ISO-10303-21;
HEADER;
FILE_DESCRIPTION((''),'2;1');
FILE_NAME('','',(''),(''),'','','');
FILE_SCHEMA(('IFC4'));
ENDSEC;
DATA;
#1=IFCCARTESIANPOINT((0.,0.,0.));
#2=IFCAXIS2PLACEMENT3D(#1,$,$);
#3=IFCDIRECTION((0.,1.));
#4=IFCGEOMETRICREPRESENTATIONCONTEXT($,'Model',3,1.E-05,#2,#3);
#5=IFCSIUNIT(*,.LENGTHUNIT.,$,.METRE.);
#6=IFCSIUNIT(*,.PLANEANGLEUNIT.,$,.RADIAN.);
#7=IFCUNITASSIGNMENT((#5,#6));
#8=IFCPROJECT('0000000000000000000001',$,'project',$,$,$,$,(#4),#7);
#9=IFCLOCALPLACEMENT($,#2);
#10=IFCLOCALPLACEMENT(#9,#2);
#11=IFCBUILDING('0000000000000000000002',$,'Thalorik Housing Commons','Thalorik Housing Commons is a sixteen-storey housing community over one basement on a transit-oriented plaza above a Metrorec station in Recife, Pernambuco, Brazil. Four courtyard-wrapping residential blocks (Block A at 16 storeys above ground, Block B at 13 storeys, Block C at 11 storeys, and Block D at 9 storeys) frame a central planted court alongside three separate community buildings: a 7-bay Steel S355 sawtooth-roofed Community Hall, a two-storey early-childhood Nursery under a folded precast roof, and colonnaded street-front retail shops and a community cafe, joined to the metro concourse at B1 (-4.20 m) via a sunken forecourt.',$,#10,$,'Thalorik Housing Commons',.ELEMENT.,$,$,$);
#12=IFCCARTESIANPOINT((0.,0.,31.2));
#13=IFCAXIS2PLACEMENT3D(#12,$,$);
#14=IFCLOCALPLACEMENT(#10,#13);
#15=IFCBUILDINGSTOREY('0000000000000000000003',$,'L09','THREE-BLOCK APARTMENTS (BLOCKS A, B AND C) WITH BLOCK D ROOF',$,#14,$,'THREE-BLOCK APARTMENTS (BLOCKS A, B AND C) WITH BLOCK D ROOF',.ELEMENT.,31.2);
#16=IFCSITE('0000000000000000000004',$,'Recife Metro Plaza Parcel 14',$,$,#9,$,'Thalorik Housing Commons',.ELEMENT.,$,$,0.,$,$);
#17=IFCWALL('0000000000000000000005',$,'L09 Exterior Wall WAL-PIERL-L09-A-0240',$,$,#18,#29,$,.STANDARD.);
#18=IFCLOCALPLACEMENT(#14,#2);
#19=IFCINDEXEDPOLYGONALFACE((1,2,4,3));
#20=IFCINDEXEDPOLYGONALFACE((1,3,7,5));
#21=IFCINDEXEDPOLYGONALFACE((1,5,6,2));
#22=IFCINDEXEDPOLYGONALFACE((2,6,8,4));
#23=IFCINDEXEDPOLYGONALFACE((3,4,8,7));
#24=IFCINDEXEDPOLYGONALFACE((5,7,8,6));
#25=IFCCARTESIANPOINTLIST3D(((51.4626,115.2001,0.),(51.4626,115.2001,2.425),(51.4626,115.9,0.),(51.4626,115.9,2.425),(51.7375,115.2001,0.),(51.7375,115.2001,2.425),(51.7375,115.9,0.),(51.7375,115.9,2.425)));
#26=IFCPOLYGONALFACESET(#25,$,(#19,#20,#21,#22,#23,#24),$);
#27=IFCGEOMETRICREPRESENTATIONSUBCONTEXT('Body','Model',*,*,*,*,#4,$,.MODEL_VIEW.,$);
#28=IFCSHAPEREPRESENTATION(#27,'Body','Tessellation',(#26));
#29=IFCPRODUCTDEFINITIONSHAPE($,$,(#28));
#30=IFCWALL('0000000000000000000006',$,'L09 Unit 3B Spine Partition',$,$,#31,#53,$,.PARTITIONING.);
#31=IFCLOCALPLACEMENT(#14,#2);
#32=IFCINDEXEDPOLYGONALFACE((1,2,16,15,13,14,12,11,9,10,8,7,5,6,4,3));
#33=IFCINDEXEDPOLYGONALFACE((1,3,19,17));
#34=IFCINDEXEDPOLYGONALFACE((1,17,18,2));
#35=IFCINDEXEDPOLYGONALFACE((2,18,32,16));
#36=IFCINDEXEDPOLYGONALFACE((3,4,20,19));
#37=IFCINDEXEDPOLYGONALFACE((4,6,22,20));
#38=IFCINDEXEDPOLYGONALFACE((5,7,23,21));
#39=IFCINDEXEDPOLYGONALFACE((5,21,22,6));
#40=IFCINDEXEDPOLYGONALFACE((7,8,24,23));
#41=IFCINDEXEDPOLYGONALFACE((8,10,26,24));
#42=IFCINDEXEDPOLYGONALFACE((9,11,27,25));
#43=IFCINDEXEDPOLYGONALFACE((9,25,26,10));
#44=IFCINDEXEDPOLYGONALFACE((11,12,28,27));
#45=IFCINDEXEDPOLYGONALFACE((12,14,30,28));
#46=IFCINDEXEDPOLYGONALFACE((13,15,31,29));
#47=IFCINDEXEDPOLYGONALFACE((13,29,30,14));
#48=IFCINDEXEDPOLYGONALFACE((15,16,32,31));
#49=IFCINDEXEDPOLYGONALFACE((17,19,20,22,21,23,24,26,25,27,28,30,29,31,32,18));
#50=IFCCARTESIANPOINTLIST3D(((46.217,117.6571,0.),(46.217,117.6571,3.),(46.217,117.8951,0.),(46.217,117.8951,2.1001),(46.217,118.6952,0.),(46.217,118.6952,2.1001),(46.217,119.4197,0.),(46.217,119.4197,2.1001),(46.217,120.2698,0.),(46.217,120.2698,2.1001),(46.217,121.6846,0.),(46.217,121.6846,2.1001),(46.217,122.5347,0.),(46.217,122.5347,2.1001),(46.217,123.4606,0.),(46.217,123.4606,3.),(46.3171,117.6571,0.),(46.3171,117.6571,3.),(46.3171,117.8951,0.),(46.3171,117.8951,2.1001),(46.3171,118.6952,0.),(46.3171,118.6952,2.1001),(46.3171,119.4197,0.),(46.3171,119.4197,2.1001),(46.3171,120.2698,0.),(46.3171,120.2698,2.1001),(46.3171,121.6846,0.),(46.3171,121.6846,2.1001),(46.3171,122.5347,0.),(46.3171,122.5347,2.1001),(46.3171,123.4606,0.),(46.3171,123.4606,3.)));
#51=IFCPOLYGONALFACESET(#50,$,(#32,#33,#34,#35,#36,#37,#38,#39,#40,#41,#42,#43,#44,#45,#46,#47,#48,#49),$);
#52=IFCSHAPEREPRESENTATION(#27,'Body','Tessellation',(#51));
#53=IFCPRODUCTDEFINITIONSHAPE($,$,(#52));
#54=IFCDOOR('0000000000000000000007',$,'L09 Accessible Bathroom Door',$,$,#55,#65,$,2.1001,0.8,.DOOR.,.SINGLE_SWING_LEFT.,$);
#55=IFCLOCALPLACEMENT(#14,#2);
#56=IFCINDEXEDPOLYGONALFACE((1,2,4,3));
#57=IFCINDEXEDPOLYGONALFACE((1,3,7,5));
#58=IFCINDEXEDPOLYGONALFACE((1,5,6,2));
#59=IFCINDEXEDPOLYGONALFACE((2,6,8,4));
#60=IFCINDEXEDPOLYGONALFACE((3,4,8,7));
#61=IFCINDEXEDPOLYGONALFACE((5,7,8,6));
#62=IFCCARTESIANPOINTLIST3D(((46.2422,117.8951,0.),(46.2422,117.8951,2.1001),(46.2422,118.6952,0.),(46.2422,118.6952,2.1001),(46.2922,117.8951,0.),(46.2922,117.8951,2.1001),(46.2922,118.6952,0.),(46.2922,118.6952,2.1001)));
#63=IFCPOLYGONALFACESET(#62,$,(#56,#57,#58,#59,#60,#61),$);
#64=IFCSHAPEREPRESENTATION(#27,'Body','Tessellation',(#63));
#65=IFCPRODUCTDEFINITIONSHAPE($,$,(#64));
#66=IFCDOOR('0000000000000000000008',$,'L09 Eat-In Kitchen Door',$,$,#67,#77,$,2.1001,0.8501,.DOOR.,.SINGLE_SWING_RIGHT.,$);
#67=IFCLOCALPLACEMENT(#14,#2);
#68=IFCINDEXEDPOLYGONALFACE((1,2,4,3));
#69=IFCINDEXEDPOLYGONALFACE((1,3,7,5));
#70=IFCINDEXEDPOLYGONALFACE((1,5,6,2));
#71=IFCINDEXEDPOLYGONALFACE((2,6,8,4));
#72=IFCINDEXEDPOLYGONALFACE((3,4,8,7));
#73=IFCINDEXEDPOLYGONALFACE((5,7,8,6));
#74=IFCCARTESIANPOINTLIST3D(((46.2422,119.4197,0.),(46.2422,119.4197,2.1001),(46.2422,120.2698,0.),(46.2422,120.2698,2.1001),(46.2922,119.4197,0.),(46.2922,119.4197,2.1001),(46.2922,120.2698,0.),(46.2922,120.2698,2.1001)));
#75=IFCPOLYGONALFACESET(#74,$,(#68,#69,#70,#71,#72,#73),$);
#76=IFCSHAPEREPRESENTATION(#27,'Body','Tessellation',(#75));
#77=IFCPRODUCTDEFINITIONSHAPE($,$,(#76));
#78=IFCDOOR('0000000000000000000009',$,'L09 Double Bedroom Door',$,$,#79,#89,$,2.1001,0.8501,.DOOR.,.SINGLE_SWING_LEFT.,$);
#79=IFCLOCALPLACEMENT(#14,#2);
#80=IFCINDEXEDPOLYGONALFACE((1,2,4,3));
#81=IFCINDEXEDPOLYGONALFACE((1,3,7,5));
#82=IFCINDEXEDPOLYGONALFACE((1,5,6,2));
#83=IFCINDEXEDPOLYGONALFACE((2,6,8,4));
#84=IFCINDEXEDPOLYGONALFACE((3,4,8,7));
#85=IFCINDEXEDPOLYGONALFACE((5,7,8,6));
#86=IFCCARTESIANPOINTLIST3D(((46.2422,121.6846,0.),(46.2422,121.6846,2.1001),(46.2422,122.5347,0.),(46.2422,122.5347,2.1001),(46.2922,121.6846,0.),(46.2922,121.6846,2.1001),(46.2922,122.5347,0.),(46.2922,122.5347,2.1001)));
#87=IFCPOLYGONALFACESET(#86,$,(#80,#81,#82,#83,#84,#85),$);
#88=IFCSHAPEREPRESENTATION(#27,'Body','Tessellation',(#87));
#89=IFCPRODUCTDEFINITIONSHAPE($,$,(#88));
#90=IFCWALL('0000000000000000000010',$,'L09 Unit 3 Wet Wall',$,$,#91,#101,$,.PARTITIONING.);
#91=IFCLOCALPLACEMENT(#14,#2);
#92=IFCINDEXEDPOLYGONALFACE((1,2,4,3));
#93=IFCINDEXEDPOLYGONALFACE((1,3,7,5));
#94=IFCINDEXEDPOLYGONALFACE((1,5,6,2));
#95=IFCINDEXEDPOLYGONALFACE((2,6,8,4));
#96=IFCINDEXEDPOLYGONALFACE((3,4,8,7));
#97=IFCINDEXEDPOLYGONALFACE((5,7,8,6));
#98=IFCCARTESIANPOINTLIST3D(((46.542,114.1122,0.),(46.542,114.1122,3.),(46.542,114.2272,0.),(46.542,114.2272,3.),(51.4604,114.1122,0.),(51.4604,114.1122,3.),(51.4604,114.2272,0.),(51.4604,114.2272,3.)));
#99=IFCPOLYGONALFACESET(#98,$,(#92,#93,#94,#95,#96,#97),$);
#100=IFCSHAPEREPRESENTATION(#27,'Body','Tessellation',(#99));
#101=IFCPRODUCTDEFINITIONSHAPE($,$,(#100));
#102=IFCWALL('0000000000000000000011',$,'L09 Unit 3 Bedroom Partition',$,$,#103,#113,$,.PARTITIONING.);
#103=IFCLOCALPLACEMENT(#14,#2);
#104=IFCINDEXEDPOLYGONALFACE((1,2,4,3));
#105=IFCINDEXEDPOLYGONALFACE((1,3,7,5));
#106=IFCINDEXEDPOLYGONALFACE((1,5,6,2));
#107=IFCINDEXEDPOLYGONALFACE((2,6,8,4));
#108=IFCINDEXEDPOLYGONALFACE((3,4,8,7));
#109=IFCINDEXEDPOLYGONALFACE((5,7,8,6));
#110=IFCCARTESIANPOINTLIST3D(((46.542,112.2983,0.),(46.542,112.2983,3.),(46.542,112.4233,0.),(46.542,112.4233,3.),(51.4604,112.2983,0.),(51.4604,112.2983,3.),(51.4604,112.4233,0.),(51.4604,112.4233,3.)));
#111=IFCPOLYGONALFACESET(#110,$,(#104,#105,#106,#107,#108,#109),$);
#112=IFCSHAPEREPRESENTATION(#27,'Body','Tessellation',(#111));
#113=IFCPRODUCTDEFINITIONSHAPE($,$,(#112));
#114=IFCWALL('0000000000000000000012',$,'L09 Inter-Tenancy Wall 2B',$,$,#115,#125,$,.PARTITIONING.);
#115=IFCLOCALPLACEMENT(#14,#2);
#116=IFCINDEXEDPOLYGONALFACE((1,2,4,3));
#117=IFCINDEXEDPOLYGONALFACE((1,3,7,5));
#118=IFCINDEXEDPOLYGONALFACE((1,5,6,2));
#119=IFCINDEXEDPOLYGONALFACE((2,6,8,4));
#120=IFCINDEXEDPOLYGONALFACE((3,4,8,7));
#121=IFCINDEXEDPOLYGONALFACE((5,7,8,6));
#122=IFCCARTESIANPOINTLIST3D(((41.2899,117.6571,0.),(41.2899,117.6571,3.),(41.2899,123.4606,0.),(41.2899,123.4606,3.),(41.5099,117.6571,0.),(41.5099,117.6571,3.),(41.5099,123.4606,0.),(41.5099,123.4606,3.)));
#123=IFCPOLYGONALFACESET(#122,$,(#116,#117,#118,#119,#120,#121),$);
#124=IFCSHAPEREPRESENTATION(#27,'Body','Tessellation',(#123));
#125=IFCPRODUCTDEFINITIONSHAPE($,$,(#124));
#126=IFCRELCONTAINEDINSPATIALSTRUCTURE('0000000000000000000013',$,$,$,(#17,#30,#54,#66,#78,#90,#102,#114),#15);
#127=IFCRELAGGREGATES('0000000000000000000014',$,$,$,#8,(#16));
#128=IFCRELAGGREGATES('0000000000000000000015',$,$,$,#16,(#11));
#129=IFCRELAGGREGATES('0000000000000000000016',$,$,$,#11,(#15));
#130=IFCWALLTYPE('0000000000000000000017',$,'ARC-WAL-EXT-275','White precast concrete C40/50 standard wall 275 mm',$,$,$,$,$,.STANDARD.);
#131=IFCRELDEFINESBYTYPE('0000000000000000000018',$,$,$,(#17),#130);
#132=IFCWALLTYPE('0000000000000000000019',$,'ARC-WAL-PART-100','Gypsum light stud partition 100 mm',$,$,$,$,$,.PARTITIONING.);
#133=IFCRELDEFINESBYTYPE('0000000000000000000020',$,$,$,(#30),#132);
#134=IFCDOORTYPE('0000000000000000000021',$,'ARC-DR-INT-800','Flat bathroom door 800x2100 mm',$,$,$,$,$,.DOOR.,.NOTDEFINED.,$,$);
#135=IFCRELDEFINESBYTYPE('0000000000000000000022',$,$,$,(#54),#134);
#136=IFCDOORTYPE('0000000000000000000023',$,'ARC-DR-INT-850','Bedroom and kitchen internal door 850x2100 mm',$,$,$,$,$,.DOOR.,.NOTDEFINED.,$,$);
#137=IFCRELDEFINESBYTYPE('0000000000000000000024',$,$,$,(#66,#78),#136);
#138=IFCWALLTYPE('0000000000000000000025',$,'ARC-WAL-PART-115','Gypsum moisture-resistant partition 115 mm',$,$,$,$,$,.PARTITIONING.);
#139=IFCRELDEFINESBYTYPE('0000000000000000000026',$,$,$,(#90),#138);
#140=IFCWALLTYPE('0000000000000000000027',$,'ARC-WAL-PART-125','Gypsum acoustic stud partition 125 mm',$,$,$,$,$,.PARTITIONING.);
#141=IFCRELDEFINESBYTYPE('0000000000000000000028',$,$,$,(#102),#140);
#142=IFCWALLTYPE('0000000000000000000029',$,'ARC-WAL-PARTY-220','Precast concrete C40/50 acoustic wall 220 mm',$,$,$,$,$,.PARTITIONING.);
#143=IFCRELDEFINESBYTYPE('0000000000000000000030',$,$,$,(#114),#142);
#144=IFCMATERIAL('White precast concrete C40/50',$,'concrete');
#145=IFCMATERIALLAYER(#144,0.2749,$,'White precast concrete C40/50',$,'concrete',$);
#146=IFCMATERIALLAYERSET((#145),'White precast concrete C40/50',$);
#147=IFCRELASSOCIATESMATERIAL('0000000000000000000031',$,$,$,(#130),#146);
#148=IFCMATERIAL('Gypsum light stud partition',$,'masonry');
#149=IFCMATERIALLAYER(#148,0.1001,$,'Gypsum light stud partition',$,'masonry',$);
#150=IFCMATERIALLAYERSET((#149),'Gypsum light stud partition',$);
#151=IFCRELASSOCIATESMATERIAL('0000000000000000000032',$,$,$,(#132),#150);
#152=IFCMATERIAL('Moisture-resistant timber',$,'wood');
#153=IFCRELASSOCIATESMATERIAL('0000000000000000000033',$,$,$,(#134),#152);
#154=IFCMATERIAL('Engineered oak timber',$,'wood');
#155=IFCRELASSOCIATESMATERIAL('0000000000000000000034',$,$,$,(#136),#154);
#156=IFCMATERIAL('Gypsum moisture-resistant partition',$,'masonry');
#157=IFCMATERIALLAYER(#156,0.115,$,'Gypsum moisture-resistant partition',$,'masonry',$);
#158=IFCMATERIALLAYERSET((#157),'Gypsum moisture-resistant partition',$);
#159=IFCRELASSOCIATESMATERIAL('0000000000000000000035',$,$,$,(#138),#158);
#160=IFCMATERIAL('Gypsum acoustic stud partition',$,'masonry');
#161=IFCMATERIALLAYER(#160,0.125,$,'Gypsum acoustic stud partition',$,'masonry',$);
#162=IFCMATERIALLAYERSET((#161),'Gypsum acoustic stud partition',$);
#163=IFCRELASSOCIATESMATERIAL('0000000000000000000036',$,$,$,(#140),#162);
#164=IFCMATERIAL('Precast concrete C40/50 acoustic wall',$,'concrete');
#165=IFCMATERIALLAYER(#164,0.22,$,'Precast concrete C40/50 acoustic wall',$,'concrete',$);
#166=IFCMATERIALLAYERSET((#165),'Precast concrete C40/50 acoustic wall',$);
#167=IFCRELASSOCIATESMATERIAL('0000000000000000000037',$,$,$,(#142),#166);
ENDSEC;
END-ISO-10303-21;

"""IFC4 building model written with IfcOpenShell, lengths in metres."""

from ifc_helpers import new_model, si_unit, direction, frame, frame_2d, origin, place, context, subcontext, project, spatial, rectangle, extrude, material, layer, layer_set, type_object, element, fill, save


model = new_model("IFC4")

# Units and contexts
model_context = context("Model", 3, precision=1e-05, world=origin(), true_north=direction((0.0, 1.0)))
body_context = subcontext(model_context, "Body", "Model", "MODEL_VIEW")
ifc_project = project(units=[si_unit("LENGTHUNIT", "METRE"), si_unit("PLANEANGLEUNIT", "RADIAN")], contexts=[model_context])

# Site, building, storey
site_placement = place(None, origin())
site = spatial("IfcSite", under=ifc_project, at=site_placement, Name="Recife Metro Plaza Parcel 14", LongName="Thalorik Housing Commons", CompositionType="ELEMENT", RefElevation=0.0)
building_placement = place(site_placement, origin())
building = spatial("IfcBuilding", under=site, at=building_placement, Name="Thalorik Housing Commons", Description="Thalorik Housing Commons is a sixteen-storey housing community over one basement on a transit-oriented plaza above a Metrorec station in Recife, Pernambuco, Brazil. Four courtyard-wrapping residential blocks (Block A at 16 storeys above ground, Block B at 13 storeys, Block C at 11 storeys, and Block D at 9 storeys) frame a central planted court alongside three separate community buildings: a 7-bay Steel S355 sawtooth-roofed Community Hall, a two-storey early-childhood Nursery under a folded precast roof, and colonnaded street-front retail shops and a community cafe, joined to the metro concourse at B1 (-4.20 m) via a sunken forecourt.", LongName="Thalorik Housing Commons", CompositionType="ELEMENT")
storey_placement = place(building_placement, frame((0.0, 0.0, 31.2)))
storey = spatial("IfcBuildingStorey", under=building, at=storey_placement, Name="L09", Description="THREE-BLOCK APARTMENTS (BLOCKS A, B AND C) WITH BLOCK D ROOF", LongName="THREE-BLOCK APARTMENTS (BLOCKS A, B AND C) WITH BLOCK D ROOF", CompositionType="ELEMENT", Elevation=31.2)

# Wall
ifc_material_1 = material(Name="White precast concrete C40/50", Category="concrete")
ifc_layer_1 = layer(ifc_material_1, 0.2749, Name="White precast concrete C40/50", Category="concrete")
ifc_layer_set_1 = layer_set([ifc_layer_1], Name="White precast concrete C40/50")
wall_type_1 = type_object("IfcWallType", Name="ARC-WAL-EXT-275", Description="White precast concrete C40/50 standard wall 275 mm", PredefinedType="STANDARD", material=ifc_layer_set_1)
wall_1_placement = place(storey_placement, frame((51.6001, 115.2, 0.0), z_axis=(0.0, 0.0, 1.0), x_axis=(0.0, 1.0, 0.0)))
element("IfcWall", 1, at=wall_1_placement, inside=storey, type_object=wall_type_1, Name="L09 Exterior Wall WAL-PIERL-L09-A-0240", PredefinedType="STANDARD", context=body_context, shape_type="SweptSolid", body=[
    extrude(rectangle(XDim=0.7, YDim=0.2749, at=frame_2d((0.3501, 0.0))), origin(), (0.0, 0.0, 1.0), 2.425),
])

# Wall, openings, doors
ifc_material_2 = material(Name="Gypsum light stud partition", Category="masonry")
ifc_layer_2 = layer(ifc_material_2, 0.1001, Name="Gypsum light stud partition", Category="masonry")
ifc_layer_set_2 = layer_set([ifc_layer_2], Name="Gypsum light stud partition")
wall_type_2 = type_object("IfcWallType", Name="ARC-WAL-PART-100", Description="Gypsum light stud partition 100 mm", PredefinedType="PARTITIONING", material=ifc_layer_set_2)
wall_2_placement = place(storey_placement, frame((46.2671, 117.657, 0.0), z_axis=(0.0, 0.0, 1.0), x_axis=(0.0, 1.0, 0.0)))
wall_2 = element("IfcWall", 2, at=wall_2_placement, inside=storey, type_object=wall_type_2, Name="L09 Unit 3B Spine Partition", PredefinedType="PARTITIONING", context=body_context, shape_type="SweptSolid", body=[
    extrude(rectangle(XDim=5.8035, YDim=0.1001, at=frame_2d((2.9019, 0.0))), origin(), (0.0, 0.0, 1.0), 3.0),
])
opening_1_placement = place(wall_2_placement, frame((0.2383, 0.0, 0.0)))
opening_1 = element("IfcOpeningElement", 3, at=opening_1_placement, cuts=wall_2, PredefinedType="OPENING", context=body_context, shape_type="SweptSolid", body=[
    extrude(rectangle(XDim=0.8, YDim=2.1001, at=frame_2d((0.3999, 1.05))), frame((0.0, 0.0601, 0.0), z_axis=(0.0, -1.0, 0.0), x_axis=(1.0, 0.0, 0.0)), (0.0, 0.0, 1.0), 0.1201),
])
opening_2_placement = place(wall_2_placement, frame((1.7627, 0.0, 0.0)))
opening_2 = element("IfcOpeningElement", 4, at=opening_2_placement, cuts=wall_2, PredefinedType="OPENING", context=body_context, shape_type="SweptSolid", body=[
    extrude(rectangle(XDim=0.8501, YDim=2.1001, at=frame_2d((0.425, 1.05))), frame((0.0, 0.0601, 0.0), z_axis=(0.0, -1.0, 0.0), x_axis=(1.0, 0.0, 0.0)), (0.0, 0.0, 1.0), 0.1201),
])
opening_3_placement = place(wall_2_placement, frame((4.0276, 0.0, 0.0)))
opening_3 = element("IfcOpeningElement", 5, at=opening_3_placement, cuts=wall_2, PredefinedType="OPENING", context=body_context, shape_type="SweptSolid", body=[
    extrude(rectangle(XDim=0.8501, YDim=2.1001, at=frame_2d((0.425, 1.05))), frame((0.0, 0.0601, 0.0), z_axis=(0.0, -1.0, 0.0), x_axis=(1.0, 0.0, 0.0)), (0.0, 0.0, 1.0), 0.1201),
])
ifc_material_3 = material(Name="Moisture-resistant timber", Category="wood")
door_type_1 = type_object("IfcDoorType", Name="ARC-DR-INT-800", Description="Flat bathroom door 800x2100 mm", OperationType="NOTDEFINED", PredefinedType="DOOR", material=ifc_material_3)
door_1_placement = place(opening_1_placement, origin())
door_1 = element("IfcDoor", 6, at=door_1_placement, inside=storey, type_object=door_type_1, Name="L09 Accessible Bathroom Door", OperationType="SINGLE_SWING_LEFT", OverallHeight=2.1001, OverallWidth=0.8, PredefinedType="DOOR", context=body_context, shape_type="SweptSolid", body=[
    extrude(rectangle(XDim=0.8, YDim=2.1001, at=frame_2d((0.3999, 1.05))), frame((0.0, 0.0249, 0.0), z_axis=(0.0, -1.0, 0.0), x_axis=(1.0, 0.0, 0.0)), (0.0, 0.0, 1.0), 0.05),
])
fill(opening_1, door_1)
ifc_material_4 = material(Name="Engineered oak timber", Category="wood")
door_type_2 = type_object("IfcDoorType", Name="ARC-DR-INT-850", Description="Bedroom and kitchen internal door 850x2100 mm", OperationType="NOTDEFINED", PredefinedType="DOOR", material=ifc_material_4)
door_2_placement = place(opening_2_placement, origin())
door_2 = element("IfcDoor", 7, at=door_2_placement, inside=storey, type_object=door_type_2, Name="L09 Eat-In Kitchen Door", OperationType="SINGLE_SWING_RIGHT", OverallHeight=2.1001, OverallWidth=0.8501, PredefinedType="DOOR", context=body_context, shape_type="SweptSolid", body=[
    extrude(rectangle(XDim=0.8501, YDim=2.1001, at=frame_2d((0.425, 1.05))), frame((0.0, 0.0249, 0.0), z_axis=(0.0, -1.0, 0.0), x_axis=(1.0, 0.0, 0.0)), (0.0, 0.0, 1.0), 0.05),
])
fill(opening_2, door_2)
door_3_placement = place(opening_3_placement, origin())
door_3 = element("IfcDoor", 8, at=door_3_placement, inside=storey, type_object=door_type_2, Name="L09 Double Bedroom Door", OperationType="SINGLE_SWING_LEFT", OverallHeight=2.1001, OverallWidth=0.8501, PredefinedType="DOOR", context=body_context, shape_type="SweptSolid", body=[
    extrude(rectangle(XDim=0.8501, YDim=2.1001, at=frame_2d((0.425, 1.05))), frame((0.0, 0.0249, 0.0), z_axis=(0.0, -1.0, 0.0), x_axis=(1.0, 0.0, 0.0)), (0.0, 0.0, 1.0), 0.05),
])
fill(opening_3, door_3)

# Walls
ifc_material_5 = material(Name="Gypsum moisture-resistant partition", Category="masonry")
ifc_layer_3 = layer(ifc_material_5, 0.115, Name="Gypsum moisture-resistant partition", Category="masonry")
ifc_layer_set_3 = layer_set([ifc_layer_3], Name="Gypsum moisture-resistant partition")
wall_type_3 = type_object("IfcWallType", Name="ARC-WAL-PART-115", Description="Gypsum moisture-resistant partition 115 mm", PredefinedType="PARTITIONING", material=ifc_layer_set_3)
wall_3_placement = place(storey_placement, frame((46.542, 114.1697, 0.0), z_axis=(0.0, 0.0, 1.0), x_axis=(1.0, 0.0, 0.0)))
element("IfcWall", 9, at=wall_3_placement, inside=storey, type_object=wall_type_3, Name="L09 Unit 3 Wet Wall", PredefinedType="PARTITIONING", context=body_context, shape_type="SweptSolid", body=[
    extrude(rectangle(XDim=4.9185, YDim=0.115, at=frame_2d((2.4592, 0.0))), origin(), (0.0, 0.0, 1.0), 3.0),
])
ifc_material_6 = material(Name="Gypsum acoustic stud partition", Category="masonry")
ifc_layer_4 = layer(ifc_material_6, 0.125, Name="Gypsum acoustic stud partition", Category="masonry")
ifc_layer_set_4 = layer_set([ifc_layer_4], Name="Gypsum acoustic stud partition")
wall_type_4 = type_object("IfcWallType", Name="ARC-WAL-PART-125", Description="Gypsum acoustic stud partition 125 mm", PredefinedType="PARTITIONING", material=ifc_layer_set_4)
wall_4_placement = place(storey_placement, frame((46.542, 112.3608, 0.0), z_axis=(0.0, 0.0, 1.0), x_axis=(1.0, 0.0, 0.0)))
element("IfcWall", 10, at=wall_4_placement, inside=storey, type_object=wall_type_4, Name="L09 Unit 3 Bedroom Partition", PredefinedType="PARTITIONING", context=body_context, shape_type="SweptSolid", body=[
    extrude(rectangle(XDim=4.9185, YDim=0.125, at=frame_2d((2.4592, 0.0))), origin(), (0.0, 0.0, 1.0), 3.0),
])
ifc_material_7 = material(Name="Precast concrete C40/50 acoustic wall", Category="concrete")
ifc_layer_5 = layer(ifc_material_7, 0.22, Name="Precast concrete C40/50 acoustic wall", Category="concrete")
ifc_layer_set_5 = layer_set([ifc_layer_5], Name="Precast concrete C40/50 acoustic wall")
wall_type_5 = type_object("IfcWallType", Name="ARC-WAL-PARTY-220", Description="Precast concrete C40/50 acoustic wall 220 mm", PredefinedType="PARTITIONING", material=ifc_layer_set_5)
wall_5_placement = place(storey_placement, frame((41.3999, 117.657, 0.0), z_axis=(0.0, 0.0, 1.0), x_axis=(0.0, 1.0, 0.0)))
element("IfcWall", 11, at=wall_5_placement, inside=storey, type_object=wall_type_5, Name="L09 Inter-Tenancy Wall 2B", PredefinedType="PARTITIONING", context=body_context, shape_type="SweptSolid", body=[
    extrude(rectangle(XDim=5.8035, YDim=0.22, at=frame_2d((2.9019, 0.0))), origin(), (0.0, 0.0, 1.0), 3.0),
])

save(model, "model.ifc")
